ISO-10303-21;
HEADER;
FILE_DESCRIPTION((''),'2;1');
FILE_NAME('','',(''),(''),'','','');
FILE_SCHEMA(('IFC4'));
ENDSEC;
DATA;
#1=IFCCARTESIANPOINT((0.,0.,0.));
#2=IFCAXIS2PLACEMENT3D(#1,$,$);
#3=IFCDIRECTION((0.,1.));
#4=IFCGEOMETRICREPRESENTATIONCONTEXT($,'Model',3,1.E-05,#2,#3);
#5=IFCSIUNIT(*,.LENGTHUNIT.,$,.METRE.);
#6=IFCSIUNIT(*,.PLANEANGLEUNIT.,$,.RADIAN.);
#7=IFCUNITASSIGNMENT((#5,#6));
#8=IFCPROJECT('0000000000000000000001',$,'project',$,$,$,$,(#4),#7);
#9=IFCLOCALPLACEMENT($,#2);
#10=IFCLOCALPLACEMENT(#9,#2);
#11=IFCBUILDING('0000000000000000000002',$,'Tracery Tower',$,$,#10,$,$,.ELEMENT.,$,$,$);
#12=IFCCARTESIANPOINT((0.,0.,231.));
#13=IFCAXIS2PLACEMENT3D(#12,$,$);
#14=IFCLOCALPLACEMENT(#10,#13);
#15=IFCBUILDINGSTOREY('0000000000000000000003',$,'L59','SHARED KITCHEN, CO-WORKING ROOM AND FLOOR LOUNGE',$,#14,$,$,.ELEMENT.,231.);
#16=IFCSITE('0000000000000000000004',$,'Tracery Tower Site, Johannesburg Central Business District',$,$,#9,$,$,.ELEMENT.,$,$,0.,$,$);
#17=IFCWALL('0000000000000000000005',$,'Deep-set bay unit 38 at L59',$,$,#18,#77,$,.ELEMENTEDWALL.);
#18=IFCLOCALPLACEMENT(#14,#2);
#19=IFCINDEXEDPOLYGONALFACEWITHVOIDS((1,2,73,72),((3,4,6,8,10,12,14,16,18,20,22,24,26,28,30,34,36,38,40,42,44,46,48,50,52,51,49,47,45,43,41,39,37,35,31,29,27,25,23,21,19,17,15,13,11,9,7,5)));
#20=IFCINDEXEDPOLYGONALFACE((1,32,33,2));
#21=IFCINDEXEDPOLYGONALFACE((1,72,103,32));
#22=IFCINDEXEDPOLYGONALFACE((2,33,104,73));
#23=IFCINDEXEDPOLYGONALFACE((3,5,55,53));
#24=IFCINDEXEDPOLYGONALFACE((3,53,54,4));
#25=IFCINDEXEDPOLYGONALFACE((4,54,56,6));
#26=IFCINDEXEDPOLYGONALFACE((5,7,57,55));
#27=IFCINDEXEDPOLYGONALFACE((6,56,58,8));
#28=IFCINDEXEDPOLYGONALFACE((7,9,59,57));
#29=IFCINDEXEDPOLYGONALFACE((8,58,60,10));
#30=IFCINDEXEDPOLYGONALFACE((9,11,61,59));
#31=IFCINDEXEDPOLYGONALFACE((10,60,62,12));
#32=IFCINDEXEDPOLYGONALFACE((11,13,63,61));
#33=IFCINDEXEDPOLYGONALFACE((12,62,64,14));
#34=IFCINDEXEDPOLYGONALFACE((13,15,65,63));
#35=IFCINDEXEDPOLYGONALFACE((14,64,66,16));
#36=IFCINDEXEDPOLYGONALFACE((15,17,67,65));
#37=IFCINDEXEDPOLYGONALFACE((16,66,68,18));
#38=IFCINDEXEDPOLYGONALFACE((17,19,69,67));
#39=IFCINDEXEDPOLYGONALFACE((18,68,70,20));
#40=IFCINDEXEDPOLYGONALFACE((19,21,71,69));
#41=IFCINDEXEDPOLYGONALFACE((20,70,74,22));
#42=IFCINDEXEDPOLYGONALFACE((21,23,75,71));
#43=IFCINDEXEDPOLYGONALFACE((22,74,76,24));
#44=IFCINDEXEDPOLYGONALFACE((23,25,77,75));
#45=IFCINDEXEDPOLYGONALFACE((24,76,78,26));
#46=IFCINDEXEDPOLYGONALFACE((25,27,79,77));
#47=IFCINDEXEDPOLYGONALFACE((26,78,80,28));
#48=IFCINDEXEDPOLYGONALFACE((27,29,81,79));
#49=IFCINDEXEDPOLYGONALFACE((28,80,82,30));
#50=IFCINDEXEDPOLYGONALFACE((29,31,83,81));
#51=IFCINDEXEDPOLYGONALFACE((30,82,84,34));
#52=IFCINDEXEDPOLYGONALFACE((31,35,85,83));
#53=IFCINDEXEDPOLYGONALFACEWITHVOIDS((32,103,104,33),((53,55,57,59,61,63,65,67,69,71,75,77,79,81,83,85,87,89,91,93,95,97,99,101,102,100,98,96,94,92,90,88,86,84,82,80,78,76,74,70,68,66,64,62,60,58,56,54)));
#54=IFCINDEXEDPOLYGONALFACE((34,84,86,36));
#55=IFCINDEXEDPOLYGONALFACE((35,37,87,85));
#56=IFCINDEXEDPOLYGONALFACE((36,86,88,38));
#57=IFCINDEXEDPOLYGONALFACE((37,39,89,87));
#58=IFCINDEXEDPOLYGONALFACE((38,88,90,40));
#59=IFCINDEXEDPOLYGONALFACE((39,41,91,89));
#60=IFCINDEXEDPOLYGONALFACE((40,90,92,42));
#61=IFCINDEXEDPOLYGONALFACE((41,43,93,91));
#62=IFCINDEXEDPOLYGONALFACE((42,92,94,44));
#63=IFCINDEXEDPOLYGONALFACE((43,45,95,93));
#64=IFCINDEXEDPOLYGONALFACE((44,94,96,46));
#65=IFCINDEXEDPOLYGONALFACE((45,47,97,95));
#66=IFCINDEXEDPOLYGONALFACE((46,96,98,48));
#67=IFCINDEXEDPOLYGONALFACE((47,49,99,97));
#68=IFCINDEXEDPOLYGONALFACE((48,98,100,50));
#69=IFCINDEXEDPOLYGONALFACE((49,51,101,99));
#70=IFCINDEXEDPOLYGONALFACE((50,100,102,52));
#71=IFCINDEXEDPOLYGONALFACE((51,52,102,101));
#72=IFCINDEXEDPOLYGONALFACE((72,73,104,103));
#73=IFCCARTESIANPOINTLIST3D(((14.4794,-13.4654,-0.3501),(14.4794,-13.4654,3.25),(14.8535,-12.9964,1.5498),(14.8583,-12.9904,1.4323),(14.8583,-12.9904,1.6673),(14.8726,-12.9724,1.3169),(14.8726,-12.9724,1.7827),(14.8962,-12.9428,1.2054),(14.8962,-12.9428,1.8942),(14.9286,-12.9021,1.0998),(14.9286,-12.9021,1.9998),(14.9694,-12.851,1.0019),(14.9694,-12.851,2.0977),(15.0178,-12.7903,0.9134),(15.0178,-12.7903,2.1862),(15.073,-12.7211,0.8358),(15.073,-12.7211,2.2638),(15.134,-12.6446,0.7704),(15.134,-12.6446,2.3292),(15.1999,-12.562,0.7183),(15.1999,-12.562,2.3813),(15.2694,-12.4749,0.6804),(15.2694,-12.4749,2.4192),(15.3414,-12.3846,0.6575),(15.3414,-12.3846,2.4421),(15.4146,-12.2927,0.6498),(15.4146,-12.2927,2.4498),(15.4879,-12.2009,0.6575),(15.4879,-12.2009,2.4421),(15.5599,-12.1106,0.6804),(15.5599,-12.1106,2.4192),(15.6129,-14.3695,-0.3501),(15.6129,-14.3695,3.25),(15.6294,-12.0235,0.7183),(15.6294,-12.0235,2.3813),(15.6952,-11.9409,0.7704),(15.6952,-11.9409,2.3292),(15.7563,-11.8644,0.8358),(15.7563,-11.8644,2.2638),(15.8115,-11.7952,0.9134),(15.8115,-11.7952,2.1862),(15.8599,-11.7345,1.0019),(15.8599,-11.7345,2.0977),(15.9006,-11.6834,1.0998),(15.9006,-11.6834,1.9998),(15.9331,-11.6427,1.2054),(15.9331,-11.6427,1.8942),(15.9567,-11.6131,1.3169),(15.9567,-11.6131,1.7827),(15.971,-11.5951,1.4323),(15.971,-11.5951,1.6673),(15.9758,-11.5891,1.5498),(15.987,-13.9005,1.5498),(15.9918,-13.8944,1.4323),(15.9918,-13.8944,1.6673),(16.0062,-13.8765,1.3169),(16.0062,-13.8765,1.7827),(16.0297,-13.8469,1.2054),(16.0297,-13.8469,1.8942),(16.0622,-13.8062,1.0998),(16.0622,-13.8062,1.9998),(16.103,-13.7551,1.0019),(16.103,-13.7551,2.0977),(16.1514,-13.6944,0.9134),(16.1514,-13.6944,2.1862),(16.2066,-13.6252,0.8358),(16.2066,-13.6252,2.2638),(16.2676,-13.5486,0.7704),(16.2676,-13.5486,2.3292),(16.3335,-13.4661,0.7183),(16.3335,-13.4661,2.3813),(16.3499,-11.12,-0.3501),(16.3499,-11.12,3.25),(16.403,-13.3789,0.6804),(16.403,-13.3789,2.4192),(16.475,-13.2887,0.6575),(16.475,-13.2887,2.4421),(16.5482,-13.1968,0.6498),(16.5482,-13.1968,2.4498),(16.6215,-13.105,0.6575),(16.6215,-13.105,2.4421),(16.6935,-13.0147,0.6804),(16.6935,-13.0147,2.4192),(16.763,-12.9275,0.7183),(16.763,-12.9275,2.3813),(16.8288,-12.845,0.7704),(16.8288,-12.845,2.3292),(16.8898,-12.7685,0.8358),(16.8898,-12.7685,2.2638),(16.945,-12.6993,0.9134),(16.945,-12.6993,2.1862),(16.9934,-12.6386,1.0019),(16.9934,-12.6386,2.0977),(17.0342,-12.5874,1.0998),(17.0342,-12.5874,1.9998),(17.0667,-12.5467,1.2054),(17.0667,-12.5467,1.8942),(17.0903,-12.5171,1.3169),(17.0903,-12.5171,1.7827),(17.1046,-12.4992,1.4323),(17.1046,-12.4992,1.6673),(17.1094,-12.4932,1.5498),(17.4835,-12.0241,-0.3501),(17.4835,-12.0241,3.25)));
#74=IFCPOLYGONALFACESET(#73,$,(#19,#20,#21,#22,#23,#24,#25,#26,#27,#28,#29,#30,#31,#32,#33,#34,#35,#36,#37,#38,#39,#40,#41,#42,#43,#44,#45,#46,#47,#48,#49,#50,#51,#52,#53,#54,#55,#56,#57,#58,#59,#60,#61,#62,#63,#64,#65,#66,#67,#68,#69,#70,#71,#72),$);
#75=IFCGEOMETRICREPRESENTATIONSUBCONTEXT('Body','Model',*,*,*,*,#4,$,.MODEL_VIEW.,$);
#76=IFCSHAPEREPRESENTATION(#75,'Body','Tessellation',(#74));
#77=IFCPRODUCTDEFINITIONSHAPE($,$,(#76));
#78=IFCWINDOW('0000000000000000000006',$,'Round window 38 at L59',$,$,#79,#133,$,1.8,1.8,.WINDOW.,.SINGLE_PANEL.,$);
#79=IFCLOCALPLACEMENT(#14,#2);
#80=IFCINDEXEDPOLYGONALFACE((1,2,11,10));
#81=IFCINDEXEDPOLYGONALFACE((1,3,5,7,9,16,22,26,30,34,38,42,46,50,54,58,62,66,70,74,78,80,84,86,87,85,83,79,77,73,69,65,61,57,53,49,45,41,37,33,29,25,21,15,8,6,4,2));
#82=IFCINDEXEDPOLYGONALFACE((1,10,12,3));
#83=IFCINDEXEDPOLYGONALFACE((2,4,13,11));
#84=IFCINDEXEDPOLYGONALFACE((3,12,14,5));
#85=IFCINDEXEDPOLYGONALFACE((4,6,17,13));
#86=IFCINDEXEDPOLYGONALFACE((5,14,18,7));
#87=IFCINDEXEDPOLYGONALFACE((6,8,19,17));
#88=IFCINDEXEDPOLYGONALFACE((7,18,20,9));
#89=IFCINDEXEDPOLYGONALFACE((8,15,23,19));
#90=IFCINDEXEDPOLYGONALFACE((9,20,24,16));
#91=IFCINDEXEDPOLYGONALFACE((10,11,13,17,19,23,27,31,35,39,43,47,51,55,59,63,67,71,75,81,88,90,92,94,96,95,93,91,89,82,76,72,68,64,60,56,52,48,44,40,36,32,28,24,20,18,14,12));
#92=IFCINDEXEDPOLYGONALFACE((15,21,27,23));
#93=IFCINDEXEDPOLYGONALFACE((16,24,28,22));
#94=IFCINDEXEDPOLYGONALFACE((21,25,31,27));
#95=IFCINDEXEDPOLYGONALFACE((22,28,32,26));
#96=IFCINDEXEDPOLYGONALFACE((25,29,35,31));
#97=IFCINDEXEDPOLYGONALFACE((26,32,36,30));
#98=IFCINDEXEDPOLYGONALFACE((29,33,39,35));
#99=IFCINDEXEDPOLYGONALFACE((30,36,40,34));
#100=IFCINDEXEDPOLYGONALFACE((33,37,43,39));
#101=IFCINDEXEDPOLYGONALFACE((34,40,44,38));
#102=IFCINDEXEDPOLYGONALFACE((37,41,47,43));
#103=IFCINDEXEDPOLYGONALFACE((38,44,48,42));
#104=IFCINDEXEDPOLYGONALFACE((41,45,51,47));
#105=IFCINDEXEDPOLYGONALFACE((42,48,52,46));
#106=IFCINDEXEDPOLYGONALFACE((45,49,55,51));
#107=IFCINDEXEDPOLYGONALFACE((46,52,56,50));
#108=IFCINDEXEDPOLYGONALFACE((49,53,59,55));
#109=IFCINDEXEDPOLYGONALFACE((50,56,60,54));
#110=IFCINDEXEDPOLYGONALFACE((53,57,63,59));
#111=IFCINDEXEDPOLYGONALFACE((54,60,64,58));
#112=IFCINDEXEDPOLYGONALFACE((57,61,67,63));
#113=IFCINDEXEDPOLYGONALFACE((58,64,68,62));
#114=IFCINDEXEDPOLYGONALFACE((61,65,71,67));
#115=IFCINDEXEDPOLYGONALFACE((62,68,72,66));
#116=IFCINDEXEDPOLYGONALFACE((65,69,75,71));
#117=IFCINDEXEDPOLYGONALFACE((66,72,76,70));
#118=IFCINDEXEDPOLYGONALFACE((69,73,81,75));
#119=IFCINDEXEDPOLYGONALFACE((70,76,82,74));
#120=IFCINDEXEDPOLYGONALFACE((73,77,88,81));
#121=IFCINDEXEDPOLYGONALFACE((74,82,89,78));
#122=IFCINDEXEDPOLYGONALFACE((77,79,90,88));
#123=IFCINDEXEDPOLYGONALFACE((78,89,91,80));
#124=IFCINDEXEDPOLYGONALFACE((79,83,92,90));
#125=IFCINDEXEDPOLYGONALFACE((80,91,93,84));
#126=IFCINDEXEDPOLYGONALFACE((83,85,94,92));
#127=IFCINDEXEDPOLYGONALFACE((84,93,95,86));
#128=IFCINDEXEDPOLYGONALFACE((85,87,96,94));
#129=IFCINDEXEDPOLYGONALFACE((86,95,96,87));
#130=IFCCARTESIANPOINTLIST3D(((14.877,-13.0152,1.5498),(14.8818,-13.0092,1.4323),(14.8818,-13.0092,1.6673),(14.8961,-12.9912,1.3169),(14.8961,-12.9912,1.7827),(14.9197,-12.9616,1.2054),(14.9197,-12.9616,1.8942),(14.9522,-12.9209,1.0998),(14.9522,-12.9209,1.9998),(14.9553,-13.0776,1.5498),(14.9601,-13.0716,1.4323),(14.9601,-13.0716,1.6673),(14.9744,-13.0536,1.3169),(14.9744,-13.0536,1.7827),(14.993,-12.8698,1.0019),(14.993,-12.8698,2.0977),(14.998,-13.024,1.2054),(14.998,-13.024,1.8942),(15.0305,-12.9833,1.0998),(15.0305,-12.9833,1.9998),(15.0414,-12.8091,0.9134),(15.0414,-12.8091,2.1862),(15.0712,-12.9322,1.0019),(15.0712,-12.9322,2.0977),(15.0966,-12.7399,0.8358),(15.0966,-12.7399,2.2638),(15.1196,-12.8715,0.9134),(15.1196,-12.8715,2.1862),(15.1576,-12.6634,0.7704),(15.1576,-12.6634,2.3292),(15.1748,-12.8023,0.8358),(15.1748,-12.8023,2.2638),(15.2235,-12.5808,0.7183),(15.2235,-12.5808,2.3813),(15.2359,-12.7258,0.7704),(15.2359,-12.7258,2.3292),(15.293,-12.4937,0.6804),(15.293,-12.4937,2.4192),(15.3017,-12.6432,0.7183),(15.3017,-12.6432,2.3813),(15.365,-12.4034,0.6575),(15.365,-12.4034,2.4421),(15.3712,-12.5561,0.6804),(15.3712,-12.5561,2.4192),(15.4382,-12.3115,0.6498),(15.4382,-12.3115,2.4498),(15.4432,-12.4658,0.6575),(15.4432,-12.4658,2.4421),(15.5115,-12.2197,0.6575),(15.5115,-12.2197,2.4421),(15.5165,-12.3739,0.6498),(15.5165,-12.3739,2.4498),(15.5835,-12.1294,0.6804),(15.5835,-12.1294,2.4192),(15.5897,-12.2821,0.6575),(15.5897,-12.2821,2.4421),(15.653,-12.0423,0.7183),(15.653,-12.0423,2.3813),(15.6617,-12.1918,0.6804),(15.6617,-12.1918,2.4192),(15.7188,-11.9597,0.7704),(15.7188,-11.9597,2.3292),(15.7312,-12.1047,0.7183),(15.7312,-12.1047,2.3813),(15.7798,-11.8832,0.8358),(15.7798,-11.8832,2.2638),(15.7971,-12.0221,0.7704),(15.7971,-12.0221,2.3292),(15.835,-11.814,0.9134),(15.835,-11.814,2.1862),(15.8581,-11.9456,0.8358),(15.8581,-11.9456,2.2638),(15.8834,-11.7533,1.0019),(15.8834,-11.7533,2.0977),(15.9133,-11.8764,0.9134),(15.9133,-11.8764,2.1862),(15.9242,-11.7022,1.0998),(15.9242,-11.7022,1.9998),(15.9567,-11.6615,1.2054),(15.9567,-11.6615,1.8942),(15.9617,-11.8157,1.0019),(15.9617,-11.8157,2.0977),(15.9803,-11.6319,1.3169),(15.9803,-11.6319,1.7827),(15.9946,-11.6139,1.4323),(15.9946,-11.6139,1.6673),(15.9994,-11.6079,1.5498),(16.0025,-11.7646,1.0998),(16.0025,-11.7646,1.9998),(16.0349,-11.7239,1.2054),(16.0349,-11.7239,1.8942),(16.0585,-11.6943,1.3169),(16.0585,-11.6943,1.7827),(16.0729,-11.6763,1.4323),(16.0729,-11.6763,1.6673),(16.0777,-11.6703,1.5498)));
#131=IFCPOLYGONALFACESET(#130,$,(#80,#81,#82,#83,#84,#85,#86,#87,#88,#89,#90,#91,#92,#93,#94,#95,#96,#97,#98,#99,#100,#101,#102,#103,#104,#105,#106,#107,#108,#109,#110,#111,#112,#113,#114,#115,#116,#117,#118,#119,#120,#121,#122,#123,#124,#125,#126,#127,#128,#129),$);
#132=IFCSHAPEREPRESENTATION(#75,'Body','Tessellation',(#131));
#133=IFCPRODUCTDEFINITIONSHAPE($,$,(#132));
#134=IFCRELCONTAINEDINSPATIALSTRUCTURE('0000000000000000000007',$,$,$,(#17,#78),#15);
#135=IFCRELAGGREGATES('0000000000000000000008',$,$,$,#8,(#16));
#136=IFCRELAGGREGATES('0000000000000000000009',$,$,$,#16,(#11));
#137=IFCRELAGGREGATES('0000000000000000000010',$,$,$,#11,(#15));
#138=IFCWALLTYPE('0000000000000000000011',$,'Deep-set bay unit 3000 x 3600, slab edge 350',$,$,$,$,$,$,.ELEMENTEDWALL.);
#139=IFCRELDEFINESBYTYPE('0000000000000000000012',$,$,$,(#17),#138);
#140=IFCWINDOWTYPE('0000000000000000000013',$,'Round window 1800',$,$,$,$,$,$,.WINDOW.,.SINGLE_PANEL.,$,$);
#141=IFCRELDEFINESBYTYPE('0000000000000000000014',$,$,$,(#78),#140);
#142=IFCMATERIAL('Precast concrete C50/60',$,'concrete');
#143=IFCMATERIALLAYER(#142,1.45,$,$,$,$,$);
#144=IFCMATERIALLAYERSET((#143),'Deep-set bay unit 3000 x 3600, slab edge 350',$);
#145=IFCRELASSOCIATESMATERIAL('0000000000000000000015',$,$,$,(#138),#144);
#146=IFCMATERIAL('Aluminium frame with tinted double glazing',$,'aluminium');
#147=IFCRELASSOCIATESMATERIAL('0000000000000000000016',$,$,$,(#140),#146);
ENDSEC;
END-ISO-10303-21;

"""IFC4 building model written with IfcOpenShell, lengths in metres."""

from ifc_helpers import new_model, si_unit, direction, frame, frame_2d, origin, origin_2d, place, context, subcontext, project, spatial, rectangle, circle, extrude, material, layer, layer_set, type_object, element, fill, save


model = new_model("IFC4")

# Units and contexts
model_context = context("Model", 3, precision=1e-05, world=origin(), true_north=direction((0.0, 1.0)))
body_context = subcontext(model_context, "Body", "Model", "MODEL_VIEW")
ifc_project = project(units=[si_unit("LENGTHUNIT", "METRE"), si_unit("PLANEANGLEUNIT", "RADIAN")], contexts=[model_context])

# Site, building, storey
site_placement = place(None, origin())
site = spatial("IfcSite", under=ifc_project, at=site_placement, Name="Tracery Tower Site, Johannesburg Central Business District", CompositionType="ELEMENT", RefElevation=0.0)
building_placement = place(site_placement, origin())
building = spatial("IfcBuilding", under=site, at=building_placement, Name="Tracery Tower", CompositionType="ELEMENT")
storey_placement = place(building_placement, frame((0.0, 0.0, 231.0)))
storey = spatial("IfcBuildingStorey", under=building, at=storey_placement, Name="L59", Description="SHARED KITCHEN, CO-WORKING ROOM AND FLOOR LOUNGE", CompositionType="ELEMENT", Elevation=231.0)

# Wall, opening, window
ifc_material_1 = material(Name="Precast concrete C50/60", Category="concrete")
ifc_layer_1 = layer(ifc_material_1, 1.45)
ifc_layer_set_1 = layer_set([ifc_layer_1], Name="Deep-set bay unit 3000 x 3600, slab edge 350")
wall_type_1 = type_object("IfcWallType", Name="Deep-set bay unit 3000 x 3600, slab edge 350", PredefinedType="ELEMENTEDWALL", material=ifc_layer_set_1)
wall_1_placement = place(storey_placement, frame((15.0461, -13.9175, -0.3501), z_axis=(0.0, 0.0, 1.0), x_axis=(0.623523, 0.781805, 0.0)))
wall_1 = element("IfcWall", 1, at=wall_1_placement, inside=storey, type_object=wall_type_1, Name="Deep-set bay unit 38 at L59", PredefinedType="ELEMENTEDWALL", context=body_context, shape_type="SweptSolid", body=[
    extrude(rectangle(XDim=3.0, YDim=1.45, at=frame_2d((1.5, 0.0))), origin(), (0.0, 0.0, 1.0), 3.6001),
])
opening_1_placement = place(wall_1_placement, frame((1.5, 0.0, 1.8999)))
opening_1 = element("IfcOpeningElement", 2, at=opening_1_placement, cuts=wall_1, PredefinedType="OPENING", context=body_context, shape_type="SweptSolid", body=[
    extrude(circle(Radius=0.9, at=origin_2d()), frame((0.0, 0.7349, 0.0), z_axis=(0.0, -1.0, 0.0), x_axis=(1.0, 0.0, 0.0)), (0.0, 0.0, 1.0), 1.47),
])
ifc_material_2 = material(Name="Aluminium frame with tinted double glazing", Category="aluminium")
window_type = type_object("IfcWindowType", Name="Round window 1800", PartitioningType="SINGLE_PANEL", PredefinedType="WINDOW", material=ifc_material_2)
window_1_placement = place(opening_1_placement, origin())
window_1 = element("IfcWindow", 3, at=window_1_placement, inside=storey, type_object=window_type, Name="Round window 38 at L59", OverallHeight=1.8, OverallWidth=1.8, PartitioningType="SINGLE_PANEL", PredefinedType="WINDOW", context=body_context, shape_type="SweptSolid", body=[
    extrude(circle(Radius=0.9, at=origin_2d()), frame((0.0, 0.6948, 0.0), z_axis=(0.0, -1.0, 0.0), x_axis=(1.0, 0.0, 0.0)), (0.0, 0.0, 1.0), 0.1001),
])
fill(opening_1, window_1)

save(model, "model.ifc")
